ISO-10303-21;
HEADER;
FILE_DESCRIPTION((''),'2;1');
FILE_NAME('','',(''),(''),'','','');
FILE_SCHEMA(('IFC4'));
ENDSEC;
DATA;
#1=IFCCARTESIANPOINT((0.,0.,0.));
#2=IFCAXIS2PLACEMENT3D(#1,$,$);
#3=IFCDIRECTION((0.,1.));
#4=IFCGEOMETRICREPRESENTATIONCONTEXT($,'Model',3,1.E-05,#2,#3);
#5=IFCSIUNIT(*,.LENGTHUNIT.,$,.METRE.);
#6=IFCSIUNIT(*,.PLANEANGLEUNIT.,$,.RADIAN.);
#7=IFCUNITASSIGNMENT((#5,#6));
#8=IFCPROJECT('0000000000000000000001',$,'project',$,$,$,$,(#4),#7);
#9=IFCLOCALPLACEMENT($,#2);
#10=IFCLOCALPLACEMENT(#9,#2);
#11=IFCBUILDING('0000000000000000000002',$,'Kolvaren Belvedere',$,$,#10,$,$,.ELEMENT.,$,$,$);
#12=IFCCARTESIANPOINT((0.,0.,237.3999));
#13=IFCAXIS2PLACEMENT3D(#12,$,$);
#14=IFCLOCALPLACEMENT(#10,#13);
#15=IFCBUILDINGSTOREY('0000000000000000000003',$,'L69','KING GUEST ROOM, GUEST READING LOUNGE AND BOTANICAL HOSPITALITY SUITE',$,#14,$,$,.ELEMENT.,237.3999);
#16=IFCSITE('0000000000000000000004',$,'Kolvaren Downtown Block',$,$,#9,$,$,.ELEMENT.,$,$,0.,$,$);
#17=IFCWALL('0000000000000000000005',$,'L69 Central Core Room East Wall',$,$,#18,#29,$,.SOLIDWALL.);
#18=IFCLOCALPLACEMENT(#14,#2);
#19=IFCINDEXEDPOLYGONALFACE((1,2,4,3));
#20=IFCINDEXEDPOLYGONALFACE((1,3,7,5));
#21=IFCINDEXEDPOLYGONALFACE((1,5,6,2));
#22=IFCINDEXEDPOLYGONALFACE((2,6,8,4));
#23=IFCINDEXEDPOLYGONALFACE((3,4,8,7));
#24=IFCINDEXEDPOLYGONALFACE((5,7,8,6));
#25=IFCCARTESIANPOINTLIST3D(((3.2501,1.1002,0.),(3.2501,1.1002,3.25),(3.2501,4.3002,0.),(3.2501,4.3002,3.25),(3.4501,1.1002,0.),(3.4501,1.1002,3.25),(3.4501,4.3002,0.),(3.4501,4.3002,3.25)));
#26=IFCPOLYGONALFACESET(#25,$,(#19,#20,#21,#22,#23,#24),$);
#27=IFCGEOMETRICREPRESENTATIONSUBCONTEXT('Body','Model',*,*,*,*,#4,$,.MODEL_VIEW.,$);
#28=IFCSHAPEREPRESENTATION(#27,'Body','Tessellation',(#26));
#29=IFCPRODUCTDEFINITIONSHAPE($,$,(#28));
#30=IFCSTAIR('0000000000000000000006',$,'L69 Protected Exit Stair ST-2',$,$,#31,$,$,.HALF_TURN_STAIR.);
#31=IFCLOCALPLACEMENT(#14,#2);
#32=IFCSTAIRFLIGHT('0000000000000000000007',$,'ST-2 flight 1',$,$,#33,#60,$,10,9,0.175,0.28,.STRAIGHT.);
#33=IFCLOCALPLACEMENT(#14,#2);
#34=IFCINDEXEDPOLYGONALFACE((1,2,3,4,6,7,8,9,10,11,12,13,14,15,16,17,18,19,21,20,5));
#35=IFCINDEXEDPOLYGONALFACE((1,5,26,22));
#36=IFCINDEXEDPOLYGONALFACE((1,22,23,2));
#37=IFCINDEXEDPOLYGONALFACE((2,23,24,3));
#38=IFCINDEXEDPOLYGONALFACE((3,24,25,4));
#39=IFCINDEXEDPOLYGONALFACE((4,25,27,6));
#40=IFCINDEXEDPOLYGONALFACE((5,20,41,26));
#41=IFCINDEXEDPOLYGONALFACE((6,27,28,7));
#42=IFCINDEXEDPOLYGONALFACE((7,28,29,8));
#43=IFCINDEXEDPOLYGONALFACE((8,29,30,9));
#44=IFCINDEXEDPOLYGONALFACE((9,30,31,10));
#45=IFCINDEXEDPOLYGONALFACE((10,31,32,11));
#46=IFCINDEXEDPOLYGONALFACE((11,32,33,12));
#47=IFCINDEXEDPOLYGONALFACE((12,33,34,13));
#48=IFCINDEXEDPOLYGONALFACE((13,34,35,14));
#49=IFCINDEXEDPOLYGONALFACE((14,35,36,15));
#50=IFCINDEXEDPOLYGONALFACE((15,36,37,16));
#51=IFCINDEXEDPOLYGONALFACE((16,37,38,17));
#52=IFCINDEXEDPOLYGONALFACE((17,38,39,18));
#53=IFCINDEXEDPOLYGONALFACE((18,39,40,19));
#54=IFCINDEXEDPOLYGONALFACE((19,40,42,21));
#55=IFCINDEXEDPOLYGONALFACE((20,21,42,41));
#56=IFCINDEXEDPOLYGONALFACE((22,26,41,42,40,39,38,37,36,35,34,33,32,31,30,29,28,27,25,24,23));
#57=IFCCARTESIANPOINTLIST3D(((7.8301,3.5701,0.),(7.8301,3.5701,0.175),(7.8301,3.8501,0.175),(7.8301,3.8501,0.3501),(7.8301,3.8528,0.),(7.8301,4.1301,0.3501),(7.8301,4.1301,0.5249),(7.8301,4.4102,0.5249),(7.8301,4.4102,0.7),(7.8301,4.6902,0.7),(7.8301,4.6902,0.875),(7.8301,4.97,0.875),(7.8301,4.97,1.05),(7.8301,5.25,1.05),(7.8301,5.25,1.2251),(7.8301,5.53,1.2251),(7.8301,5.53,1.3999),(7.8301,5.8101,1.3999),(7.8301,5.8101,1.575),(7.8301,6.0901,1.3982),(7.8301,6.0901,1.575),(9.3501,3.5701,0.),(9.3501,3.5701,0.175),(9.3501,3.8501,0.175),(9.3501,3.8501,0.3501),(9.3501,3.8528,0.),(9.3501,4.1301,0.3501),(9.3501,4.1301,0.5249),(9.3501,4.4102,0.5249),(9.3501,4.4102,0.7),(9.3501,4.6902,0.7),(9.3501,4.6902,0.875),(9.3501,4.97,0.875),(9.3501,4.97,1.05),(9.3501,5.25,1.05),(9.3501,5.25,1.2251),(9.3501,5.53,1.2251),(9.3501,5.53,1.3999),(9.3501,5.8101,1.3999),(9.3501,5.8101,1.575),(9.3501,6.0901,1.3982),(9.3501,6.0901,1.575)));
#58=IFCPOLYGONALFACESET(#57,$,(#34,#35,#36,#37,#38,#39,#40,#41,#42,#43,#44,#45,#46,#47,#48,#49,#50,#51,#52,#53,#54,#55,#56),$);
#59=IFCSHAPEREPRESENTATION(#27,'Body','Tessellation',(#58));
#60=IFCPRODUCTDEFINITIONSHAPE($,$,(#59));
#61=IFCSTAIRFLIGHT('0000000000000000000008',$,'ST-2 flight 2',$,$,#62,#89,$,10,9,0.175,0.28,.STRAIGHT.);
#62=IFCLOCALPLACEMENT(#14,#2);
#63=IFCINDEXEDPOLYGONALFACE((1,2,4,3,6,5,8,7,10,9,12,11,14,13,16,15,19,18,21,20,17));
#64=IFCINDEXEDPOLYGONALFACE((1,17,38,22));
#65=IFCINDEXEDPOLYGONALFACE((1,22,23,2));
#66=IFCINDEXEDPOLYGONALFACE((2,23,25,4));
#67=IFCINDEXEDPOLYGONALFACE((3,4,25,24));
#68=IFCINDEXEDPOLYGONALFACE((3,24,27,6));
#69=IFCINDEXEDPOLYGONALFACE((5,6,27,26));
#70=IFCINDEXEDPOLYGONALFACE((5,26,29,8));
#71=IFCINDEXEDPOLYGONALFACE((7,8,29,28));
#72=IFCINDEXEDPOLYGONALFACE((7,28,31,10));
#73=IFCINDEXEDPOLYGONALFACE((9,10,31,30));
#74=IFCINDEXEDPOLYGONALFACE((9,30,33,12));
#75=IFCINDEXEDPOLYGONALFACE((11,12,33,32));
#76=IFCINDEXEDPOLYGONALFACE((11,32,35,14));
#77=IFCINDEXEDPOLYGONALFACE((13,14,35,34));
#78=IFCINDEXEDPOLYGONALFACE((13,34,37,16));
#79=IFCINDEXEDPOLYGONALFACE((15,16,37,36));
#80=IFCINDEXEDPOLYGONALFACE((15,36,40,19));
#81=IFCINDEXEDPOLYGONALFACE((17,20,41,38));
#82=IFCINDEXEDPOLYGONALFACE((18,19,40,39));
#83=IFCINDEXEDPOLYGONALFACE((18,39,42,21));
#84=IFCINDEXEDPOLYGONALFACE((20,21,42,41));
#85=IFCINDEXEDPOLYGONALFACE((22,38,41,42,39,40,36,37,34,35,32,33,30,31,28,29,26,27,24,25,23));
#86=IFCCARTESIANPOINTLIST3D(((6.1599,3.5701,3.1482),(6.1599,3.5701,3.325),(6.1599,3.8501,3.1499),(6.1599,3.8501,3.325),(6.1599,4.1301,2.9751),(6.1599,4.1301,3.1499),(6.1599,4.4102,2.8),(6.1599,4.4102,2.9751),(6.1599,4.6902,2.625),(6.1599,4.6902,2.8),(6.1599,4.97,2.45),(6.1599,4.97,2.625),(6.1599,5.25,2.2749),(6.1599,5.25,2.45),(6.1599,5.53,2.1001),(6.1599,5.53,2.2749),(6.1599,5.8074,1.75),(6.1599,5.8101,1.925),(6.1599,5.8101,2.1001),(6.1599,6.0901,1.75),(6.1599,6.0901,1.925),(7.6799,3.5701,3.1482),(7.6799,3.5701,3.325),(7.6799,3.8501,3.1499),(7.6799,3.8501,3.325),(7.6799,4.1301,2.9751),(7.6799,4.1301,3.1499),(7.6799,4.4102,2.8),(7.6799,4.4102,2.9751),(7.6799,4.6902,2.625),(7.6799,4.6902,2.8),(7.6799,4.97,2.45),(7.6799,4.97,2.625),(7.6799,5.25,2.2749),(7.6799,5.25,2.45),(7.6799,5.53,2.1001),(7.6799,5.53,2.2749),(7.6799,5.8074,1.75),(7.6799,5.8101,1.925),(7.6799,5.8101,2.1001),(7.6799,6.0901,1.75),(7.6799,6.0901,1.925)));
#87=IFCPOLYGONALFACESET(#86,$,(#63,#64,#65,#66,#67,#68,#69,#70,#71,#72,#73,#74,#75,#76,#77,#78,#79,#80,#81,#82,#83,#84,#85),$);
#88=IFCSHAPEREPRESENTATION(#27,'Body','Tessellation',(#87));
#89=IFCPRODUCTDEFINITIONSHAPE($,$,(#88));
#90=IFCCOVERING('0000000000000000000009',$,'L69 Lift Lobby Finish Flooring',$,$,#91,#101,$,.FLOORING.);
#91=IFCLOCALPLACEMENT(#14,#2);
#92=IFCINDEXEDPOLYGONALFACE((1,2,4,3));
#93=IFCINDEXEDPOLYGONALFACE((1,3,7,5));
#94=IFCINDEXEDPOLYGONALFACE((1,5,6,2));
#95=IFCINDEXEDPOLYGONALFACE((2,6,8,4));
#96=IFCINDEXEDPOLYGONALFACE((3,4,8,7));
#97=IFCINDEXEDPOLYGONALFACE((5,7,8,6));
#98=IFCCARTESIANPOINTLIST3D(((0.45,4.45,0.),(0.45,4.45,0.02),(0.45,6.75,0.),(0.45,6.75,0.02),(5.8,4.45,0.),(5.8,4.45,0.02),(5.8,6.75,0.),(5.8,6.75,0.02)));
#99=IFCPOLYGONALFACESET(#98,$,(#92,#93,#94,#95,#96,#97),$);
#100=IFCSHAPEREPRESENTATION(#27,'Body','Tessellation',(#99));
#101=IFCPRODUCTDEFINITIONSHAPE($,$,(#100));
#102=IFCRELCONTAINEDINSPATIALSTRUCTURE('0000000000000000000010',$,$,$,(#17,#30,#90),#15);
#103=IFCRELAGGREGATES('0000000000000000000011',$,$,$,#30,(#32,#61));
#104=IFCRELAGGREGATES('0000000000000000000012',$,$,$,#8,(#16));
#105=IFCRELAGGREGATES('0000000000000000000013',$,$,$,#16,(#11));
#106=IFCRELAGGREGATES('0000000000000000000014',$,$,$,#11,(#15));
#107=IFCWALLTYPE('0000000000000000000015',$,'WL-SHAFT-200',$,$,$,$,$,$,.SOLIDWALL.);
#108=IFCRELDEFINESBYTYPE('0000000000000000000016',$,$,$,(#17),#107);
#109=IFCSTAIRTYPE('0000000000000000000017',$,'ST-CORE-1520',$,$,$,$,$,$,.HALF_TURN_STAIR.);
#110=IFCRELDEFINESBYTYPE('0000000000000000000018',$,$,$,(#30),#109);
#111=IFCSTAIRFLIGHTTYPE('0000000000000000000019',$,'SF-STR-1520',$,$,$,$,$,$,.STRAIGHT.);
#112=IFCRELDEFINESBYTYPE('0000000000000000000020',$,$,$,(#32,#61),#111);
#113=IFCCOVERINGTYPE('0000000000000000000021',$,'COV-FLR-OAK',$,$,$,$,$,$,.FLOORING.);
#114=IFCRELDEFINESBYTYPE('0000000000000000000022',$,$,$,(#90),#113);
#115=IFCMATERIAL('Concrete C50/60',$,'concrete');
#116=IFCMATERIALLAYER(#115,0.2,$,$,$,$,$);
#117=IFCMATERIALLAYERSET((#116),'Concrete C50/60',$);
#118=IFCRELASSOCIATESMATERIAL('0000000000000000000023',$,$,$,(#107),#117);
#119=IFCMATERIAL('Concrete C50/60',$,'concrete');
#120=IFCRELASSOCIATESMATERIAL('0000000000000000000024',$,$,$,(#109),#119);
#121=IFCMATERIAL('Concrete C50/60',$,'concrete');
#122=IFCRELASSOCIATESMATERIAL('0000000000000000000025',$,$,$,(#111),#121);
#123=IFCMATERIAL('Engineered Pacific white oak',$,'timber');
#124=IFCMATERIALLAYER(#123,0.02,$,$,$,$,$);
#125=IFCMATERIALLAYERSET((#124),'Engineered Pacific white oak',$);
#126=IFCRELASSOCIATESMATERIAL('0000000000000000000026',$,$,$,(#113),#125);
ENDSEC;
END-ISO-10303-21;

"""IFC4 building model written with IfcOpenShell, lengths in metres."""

from ifc_helpers import new_model, si_unit, direction, frame, frame_2d, origin, place, context, subcontext, project, spatial, polyline, rectangle, outline, extrude, material, layer, layer_set, type_object, element, aggregate, save


model = new_model("IFC4")

# Units and contexts
model_context = context("Model", 3, precision=1e-05, world=origin(), true_north=direction((0.0, 1.0)))
body_context = subcontext(model_context, "Body", "Model", "MODEL_VIEW")
ifc_project = project(units=[si_unit("LENGTHUNIT", "METRE"), si_unit("PLANEANGLEUNIT", "RADIAN")], contexts=[model_context])

# Site, building, storey
site_placement = place(None, origin())
site = spatial("IfcSite", under=ifc_project, at=site_placement, Name="Kolvaren Downtown Block", CompositionType="ELEMENT", RefElevation=0.0)
building_placement = place(site_placement, origin())
building = spatial("IfcBuilding", under=site, at=building_placement, Name="Kolvaren Belvedere", CompositionType="ELEMENT")
storey_placement = place(building_placement, frame((0.0, 0.0, 237.3999)))
storey = spatial("IfcBuildingStorey", under=building, at=storey_placement, Name="L69", Description="KING GUEST ROOM, GUEST READING LOUNGE AND BOTANICAL HOSPITALITY SUITE", CompositionType="ELEMENT", Elevation=237.3999)

# Shared definitions
ifc_material_1 = material(Name="Concrete C50/60", Category="concrete")
ifc_layer_1 = layer(ifc_material_1, 0.2)
ifc_layer_set_1 = layer_set([ifc_layer_1], Name="Concrete C50/60")
wall_type_1 = type_object("IfcWallType", Name="WL-SHAFT-200", PredefinedType="SOLIDWALL", material=ifc_layer_set_1)

# Wall
wall_1_placement = place(storey_placement, frame((3.3501, 1.1001, 0.0), z_axis=(0.0, 0.0, 1.0), x_axis=(0.0, 1.0, 0.0)))
element("IfcWall", 1, at=wall_1_placement, inside=storey, type_object=wall_type_1, Name="L69 Central Core Room East Wall", PredefinedType="SOLIDWALL", context=body_context, shape_type="SweptSolid", body=[
    extrude(rectangle(XDim=3.2, YDim=0.2, at=frame_2d((1.6001, 0.0))), origin(), (0.0, 0.0, 1.0), 3.25),
])

# Stair, stair flights
ifc_material_2 = material(Name="Concrete C50/60", Category="concrete")
stair_type = type_object("IfcStairType", Name="ST-CORE-1520", PredefinedType="HALF_TURN_STAIR", material=ifc_material_2)
stair_placement = place(storey_placement, origin())
stair = element("IfcStair", 2, at=stair_placement, inside=storey, type_object=stair_type, Name="L69 Protected Exit Stair ST-2", PredefinedType="HALF_TURN_STAIR")
ifc_material_3 = material(Name="Concrete C50/60", Category="concrete")
stair_flight_type = type_object("IfcStairFlightType", Name="SF-STR-1520", PredefinedType="STRAIGHT", material=ifc_material_3)
stair_flight_1_placement = place(storey_placement, frame((8.5901, 3.5701, 0.0), z_axis=(0.0, 0.0, 1.0), x_axis=(0.0, 1.0, 0.0)))
stair_flight_1 = element("IfcStairFlight", 3, at=stair_flight_1_placement, type_object=stair_flight_type, Name="ST-2 flight 1", NumberOfRisers=10, NumberOfTreads=9, PredefinedType="STRAIGHT", RiserHeight=0.175, TreadLength=0.28, context=body_context, shape_type="SweptSolid", body=[
    extrude(outline(polyline([(0.0, 0.0), (0.0, 0.175), (0.28, 0.175), (0.28, 0.3501), (0.5601, 0.3501), (0.5601, 0.5249), (0.8401, 0.5249), (0.8401, 0.7), (1.1201, 0.7), (1.1201, 0.875), (1.3999, 0.875), (1.3999, 1.05), (1.6799, 1.05), (1.6799, 1.2251), (1.96, 1.2251), (1.96, 1.3999), (2.24, 1.3999), (2.24, 1.575), (2.52, 1.575), (2.52, 1.75), (2.52, 1.3982), (0.2827, 0.0), (0.0, 0.0)])), frame((0.0, 0.76, 0.0), z_axis=(0.0, -1.0, 0.0), x_axis=(1.0, 0.0, 0.0)), (0.0, 0.0, 1.0), 1.52),
])
stair_flight_2_placement = place(storey_placement, frame((6.9199, 6.0901, 1.75), z_axis=(0.0, 0.0, 1.0), x_axis=(0.0, -1.0, 0.0)))
stair_flight_2 = element("IfcStairFlight", 4, at=stair_flight_2_placement, type_object=stair_flight_type, Name="ST-2 flight 2", NumberOfRisers=10, NumberOfTreads=9, PredefinedType="STRAIGHT", RiserHeight=0.175, TreadLength=0.28, context=body_context, shape_type="SweptSolid", body=[
    extrude(outline(polyline([(0.0, 0.0), (0.0, 0.175), (0.28, 0.175), (0.28, 0.3501), (0.5601, 0.3501), (0.5601, 0.5249), (0.8401, 0.5249), (0.8401, 0.7), (1.1201, 0.7), (1.1201, 0.875), (1.3999, 0.875), (1.3999, 1.05), (1.6799, 1.05), (1.6799, 1.2251), (1.96, 1.2251), (1.96, 1.3999), (2.24, 1.3999), (2.24, 1.575), (2.52, 1.575), (2.52, 1.75), (2.52, 1.3982), (0.2827, 0.0), (0.0, 0.0)])), frame((0.0, 0.76, 0.0), z_axis=(0.0, -1.0, 0.0), x_axis=(1.0, 0.0, 0.0)), (0.0, 0.0, 1.0), 1.52),
])
aggregate(stair, [stair_flight_1, stair_flight_2])

# Covering
ifc_material_4 = material(Name="Engineered Pacific white oak", Category="timber")
ifc_layer_2 = layer(ifc_material_4, 0.02)
ifc_layer_set_2 = layer_set([ifc_layer_2], Name="Engineered Pacific white oak")
covering_type = type_object("IfcCoveringType", Name="COV-FLR-OAK", PredefinedType="FLOORING", material=ifc_layer_set_2)
covering_placement = place(storey_placement, origin())
element("IfcCovering", 5, at=covering_placement, inside=storey, type_object=covering_type, Name="L69 Lift Lobby Finish Flooring", PredefinedType="FLOORING", context=body_context, shape_type="SweptSolid", body=[
    extrude(outline(polyline([(0.45, 4.45), (5.8, 4.45), (5.8, 6.75), (0.45, 6.75), (0.45, 4.45)])), origin(), (0.0, 0.0, 1.0), 0.02),
])

save(model, "model.ifc")
